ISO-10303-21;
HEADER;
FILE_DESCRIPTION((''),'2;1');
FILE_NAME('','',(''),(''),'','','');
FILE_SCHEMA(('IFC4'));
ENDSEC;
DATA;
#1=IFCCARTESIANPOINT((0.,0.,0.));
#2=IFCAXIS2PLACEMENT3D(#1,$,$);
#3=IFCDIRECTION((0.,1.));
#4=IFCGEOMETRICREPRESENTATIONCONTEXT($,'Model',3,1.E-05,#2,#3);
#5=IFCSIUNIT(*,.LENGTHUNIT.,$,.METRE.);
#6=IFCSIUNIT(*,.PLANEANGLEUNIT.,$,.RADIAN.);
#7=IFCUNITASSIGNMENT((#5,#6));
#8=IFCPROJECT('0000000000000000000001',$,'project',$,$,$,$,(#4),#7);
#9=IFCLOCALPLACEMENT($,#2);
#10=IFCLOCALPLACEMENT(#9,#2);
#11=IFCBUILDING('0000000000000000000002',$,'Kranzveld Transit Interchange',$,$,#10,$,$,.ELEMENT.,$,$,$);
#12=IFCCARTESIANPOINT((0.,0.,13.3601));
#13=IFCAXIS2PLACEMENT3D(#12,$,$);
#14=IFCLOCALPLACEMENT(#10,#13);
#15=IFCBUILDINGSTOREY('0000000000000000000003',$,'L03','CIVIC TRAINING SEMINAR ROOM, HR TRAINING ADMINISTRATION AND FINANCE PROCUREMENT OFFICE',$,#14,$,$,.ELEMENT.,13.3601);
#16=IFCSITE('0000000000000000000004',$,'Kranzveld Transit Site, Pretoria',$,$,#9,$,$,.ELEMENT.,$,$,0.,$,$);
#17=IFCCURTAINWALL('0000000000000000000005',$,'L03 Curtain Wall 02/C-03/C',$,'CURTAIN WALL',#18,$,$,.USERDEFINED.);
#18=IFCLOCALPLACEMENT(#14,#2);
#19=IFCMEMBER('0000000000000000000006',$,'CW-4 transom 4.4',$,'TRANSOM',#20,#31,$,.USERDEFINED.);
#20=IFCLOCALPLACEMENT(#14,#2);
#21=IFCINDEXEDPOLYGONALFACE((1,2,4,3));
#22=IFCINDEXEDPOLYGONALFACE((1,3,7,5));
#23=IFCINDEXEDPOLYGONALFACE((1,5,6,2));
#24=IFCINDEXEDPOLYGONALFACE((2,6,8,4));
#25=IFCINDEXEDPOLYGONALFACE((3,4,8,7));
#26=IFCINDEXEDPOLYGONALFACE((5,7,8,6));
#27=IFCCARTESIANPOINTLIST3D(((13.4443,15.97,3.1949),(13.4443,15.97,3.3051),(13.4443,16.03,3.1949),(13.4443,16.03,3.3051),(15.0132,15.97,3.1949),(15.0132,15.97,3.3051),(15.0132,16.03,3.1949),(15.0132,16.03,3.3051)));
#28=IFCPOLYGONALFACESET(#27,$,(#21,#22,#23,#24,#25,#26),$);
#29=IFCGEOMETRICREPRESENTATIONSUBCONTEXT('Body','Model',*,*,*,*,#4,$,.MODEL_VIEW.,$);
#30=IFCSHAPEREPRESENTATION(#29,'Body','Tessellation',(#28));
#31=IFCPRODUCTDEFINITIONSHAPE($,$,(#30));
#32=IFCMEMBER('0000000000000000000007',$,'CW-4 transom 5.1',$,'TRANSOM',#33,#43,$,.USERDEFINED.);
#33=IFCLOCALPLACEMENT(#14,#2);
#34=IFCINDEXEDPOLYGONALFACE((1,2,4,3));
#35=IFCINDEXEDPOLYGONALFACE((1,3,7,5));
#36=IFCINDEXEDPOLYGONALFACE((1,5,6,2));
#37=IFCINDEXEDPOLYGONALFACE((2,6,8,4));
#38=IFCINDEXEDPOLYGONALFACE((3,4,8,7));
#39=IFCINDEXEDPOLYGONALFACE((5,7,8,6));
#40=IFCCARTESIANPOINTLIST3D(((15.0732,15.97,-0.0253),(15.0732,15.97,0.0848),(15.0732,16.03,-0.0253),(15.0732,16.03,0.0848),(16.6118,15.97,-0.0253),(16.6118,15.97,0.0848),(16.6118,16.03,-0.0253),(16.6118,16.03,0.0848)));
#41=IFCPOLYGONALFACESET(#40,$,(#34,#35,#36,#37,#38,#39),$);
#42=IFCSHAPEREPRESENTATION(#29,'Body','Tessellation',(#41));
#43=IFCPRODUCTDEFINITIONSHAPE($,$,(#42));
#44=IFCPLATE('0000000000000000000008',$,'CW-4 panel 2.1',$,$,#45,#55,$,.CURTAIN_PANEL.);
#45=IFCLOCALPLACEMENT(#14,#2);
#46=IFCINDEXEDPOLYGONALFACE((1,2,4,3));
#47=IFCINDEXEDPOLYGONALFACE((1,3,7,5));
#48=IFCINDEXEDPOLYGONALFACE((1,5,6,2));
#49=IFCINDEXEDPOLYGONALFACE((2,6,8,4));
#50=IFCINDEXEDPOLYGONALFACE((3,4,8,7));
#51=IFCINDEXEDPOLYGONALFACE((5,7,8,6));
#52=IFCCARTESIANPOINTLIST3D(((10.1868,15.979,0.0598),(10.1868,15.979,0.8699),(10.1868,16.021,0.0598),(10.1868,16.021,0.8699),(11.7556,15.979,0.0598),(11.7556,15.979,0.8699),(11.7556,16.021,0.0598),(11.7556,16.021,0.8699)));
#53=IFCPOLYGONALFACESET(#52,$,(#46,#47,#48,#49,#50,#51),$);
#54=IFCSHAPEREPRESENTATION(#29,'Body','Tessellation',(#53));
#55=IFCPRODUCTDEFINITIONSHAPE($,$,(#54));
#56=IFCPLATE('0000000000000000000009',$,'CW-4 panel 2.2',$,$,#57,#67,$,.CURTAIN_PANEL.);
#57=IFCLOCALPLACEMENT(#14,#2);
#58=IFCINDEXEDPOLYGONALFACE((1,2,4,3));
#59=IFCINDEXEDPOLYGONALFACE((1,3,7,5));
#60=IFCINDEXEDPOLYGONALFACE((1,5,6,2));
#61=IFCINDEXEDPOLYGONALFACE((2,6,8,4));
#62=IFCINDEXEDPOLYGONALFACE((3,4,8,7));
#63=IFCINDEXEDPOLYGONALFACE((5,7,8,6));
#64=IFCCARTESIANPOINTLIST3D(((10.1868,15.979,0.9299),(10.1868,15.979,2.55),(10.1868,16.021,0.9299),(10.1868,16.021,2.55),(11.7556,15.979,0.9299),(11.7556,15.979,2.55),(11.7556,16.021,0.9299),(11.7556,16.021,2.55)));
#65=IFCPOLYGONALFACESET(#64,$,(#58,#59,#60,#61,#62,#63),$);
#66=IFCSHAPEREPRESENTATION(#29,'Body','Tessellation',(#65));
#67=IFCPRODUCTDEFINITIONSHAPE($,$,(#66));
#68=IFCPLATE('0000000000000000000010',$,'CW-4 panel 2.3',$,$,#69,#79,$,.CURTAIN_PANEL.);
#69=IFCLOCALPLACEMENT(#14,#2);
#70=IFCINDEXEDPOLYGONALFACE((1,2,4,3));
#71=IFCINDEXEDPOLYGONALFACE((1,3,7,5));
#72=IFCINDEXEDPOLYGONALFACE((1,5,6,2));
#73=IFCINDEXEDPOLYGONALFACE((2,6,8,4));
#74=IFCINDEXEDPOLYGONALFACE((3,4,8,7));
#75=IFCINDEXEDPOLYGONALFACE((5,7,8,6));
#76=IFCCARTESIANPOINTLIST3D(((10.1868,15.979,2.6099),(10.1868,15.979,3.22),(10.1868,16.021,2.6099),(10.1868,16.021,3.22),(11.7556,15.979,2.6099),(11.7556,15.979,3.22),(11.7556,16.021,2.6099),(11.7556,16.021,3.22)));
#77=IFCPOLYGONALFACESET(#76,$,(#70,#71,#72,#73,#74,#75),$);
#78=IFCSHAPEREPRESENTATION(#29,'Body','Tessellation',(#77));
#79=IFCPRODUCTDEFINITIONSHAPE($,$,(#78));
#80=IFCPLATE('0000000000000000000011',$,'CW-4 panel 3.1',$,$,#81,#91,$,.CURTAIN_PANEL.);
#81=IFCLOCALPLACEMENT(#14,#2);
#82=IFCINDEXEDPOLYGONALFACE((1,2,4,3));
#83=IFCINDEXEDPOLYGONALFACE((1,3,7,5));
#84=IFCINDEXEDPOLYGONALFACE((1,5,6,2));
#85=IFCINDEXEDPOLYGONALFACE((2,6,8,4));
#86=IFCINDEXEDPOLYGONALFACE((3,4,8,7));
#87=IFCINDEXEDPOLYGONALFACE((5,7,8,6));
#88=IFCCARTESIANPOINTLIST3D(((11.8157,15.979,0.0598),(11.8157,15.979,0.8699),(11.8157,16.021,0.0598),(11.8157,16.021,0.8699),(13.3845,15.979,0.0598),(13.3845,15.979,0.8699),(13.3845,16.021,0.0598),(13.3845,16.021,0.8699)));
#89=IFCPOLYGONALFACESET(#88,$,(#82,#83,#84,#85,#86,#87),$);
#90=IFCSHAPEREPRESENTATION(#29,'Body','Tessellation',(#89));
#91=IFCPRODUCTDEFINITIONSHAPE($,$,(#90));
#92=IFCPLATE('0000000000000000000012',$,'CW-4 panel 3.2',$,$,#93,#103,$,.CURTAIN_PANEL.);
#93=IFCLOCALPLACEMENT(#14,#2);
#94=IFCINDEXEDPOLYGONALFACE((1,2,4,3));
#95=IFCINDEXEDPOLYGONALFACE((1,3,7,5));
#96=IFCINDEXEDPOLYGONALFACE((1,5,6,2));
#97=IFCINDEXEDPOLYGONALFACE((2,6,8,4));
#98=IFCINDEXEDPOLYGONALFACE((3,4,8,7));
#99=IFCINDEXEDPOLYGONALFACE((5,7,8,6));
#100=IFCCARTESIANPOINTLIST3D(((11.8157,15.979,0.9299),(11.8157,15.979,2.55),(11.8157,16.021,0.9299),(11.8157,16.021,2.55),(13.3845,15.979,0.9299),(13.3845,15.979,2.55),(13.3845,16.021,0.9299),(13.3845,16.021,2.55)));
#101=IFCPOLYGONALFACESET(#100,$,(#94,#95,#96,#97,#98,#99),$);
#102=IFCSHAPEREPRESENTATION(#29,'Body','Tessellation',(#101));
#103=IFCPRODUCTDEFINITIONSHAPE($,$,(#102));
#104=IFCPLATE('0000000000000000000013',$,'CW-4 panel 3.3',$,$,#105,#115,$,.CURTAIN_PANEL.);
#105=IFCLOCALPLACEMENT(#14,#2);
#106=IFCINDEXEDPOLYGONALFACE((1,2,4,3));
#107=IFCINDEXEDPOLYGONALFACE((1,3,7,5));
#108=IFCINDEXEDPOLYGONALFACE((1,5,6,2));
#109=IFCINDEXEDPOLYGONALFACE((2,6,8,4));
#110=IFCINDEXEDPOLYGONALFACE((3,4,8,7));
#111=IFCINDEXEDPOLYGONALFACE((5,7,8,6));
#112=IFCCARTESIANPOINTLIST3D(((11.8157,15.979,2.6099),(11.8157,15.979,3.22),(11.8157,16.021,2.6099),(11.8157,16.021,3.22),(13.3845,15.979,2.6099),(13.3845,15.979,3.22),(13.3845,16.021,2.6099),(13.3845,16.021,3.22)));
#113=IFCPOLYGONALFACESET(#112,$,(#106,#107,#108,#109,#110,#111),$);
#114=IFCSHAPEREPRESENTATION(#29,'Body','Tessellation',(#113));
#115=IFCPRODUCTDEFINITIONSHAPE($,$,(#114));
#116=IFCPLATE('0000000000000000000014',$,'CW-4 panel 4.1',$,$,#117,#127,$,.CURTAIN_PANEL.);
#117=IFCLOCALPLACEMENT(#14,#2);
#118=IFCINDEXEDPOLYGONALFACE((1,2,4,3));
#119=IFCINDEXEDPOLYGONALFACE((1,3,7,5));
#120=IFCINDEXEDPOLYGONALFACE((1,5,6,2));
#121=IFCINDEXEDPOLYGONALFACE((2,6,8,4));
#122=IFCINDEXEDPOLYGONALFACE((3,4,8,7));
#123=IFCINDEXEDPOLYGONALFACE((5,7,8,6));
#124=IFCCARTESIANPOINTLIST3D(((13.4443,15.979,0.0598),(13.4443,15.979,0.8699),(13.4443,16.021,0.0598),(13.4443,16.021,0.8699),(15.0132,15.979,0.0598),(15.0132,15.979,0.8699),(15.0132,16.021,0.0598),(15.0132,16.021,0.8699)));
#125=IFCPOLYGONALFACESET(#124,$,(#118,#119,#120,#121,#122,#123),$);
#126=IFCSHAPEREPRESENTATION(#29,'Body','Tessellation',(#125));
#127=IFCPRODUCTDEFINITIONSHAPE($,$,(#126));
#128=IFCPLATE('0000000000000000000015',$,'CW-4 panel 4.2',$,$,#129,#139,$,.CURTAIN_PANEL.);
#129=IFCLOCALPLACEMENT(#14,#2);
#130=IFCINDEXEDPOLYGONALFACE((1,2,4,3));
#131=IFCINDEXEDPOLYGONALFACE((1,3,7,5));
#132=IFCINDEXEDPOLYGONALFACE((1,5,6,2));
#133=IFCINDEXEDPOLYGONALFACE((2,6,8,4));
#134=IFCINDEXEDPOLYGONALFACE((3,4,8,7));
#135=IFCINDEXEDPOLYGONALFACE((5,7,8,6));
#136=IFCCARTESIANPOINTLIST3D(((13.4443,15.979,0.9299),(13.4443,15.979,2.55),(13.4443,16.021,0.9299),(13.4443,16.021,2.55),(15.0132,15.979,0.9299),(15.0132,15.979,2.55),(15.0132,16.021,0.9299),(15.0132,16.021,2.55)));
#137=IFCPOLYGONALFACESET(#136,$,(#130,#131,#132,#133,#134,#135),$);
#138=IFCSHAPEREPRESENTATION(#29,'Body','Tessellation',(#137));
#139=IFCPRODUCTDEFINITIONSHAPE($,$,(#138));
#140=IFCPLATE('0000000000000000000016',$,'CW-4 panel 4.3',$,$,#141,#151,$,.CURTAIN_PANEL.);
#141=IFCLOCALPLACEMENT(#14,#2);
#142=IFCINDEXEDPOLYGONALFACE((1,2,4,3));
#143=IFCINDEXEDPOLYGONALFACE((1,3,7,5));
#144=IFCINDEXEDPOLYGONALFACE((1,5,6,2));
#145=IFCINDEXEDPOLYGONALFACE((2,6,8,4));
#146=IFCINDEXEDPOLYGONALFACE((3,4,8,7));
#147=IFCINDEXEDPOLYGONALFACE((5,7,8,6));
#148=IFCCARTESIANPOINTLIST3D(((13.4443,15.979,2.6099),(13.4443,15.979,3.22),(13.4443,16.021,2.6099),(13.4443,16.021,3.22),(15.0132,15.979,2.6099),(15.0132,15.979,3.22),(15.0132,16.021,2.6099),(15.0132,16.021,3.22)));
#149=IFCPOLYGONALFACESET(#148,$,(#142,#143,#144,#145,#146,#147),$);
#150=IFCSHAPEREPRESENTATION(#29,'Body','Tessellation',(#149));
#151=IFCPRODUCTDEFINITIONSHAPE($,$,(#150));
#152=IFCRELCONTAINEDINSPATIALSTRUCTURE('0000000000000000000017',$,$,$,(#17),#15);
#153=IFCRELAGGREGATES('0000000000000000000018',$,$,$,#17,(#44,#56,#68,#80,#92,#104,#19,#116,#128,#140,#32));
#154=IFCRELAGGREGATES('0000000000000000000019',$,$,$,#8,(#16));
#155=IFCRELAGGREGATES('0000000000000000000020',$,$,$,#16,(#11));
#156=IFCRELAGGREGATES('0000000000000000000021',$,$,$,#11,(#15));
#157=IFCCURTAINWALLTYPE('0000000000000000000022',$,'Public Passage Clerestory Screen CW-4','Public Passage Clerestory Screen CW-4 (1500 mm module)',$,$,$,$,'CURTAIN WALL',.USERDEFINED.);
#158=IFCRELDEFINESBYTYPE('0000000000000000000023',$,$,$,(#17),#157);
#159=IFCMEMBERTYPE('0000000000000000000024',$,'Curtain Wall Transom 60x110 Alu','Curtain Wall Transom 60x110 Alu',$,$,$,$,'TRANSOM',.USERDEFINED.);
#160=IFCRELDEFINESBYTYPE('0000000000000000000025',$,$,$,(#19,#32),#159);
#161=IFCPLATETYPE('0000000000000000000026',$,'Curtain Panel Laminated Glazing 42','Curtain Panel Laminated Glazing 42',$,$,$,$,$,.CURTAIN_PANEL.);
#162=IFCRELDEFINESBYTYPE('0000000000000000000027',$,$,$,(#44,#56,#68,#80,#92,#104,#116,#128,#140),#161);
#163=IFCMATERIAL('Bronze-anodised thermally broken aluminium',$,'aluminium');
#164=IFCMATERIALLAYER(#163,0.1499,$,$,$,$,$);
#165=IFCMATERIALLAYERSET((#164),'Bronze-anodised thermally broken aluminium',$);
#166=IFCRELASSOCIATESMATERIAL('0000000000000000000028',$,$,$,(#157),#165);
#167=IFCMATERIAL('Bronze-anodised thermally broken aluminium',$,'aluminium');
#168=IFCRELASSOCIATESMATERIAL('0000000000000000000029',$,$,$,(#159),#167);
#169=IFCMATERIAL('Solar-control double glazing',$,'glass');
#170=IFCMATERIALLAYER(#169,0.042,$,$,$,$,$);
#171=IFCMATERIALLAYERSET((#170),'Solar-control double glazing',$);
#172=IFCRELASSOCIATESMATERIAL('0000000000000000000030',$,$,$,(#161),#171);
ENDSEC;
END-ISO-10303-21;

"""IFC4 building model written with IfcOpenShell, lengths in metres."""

from ifc_helpers import new_model, si_unit, direction, frame, origin, origin_2d, place, context, subcontext, project, spatial, rectangle, extrude, material, layer, layer_set, material_profile, profile_set, type_object, element, aggregate, save


model = new_model("IFC4")

# Units and contexts
model_context = context("Model", 3, precision=1e-05, world=origin(), true_north=direction((0.0, 1.0)))
body_context = subcontext(model_context, "Body", "Model", "MODEL_VIEW")
ifc_project = project(units=[si_unit("LENGTHUNIT", "METRE"), si_unit("PLANEANGLEUNIT", "RADIAN")], contexts=[model_context])

# Site, building, storey
site_placement = place(None, origin())
site = spatial("IfcSite", under=ifc_project, at=site_placement, Name="Kranzveld Transit Site, Pretoria", CompositionType="ELEMENT", RefElevation=0.0)
building_placement = place(site_placement, origin())
building = spatial("IfcBuilding", under=site, at=building_placement, Name="Kranzveld Transit Interchange", CompositionType="ELEMENT")
storey_placement = place(building_placement, frame((0.0, 0.0, 13.3601)))
storey = spatial("IfcBuildingStorey", under=building, at=storey_placement, Name="L03", Description="CIVIC TRAINING SEMINAR ROOM, HR TRAINING ADMINISTRATION AND FINANCE PROCUREMENT OFFICE", CompositionType="ELEMENT", Elevation=13.3601)

# Curtain wall, members, plates
ifc_material_1 = material(Name="Bronze-anodised thermally broken aluminium", Category="aluminium")
ifc_layer_1 = layer(ifc_material_1, 0.1499)
ifc_layer_set_1 = layer_set([ifc_layer_1], Name="Bronze-anodised thermally broken aluminium")
curtain_wall_type = type_object("IfcCurtainWallType", Name="Public Passage Clerestory Screen CW-4", Description="Public Passage Clerestory Screen CW-4 (1500 mm module)", ElementType="CURTAIN WALL", PredefinedType="USERDEFINED", material=ifc_layer_set_1)
curtain_wall_placement = place(storey_placement, origin())
curtain_wall = element("IfcCurtainWall", 1, at=curtain_wall_placement, inside=storey, type_object=curtain_wall_type, Name="L03 Curtain Wall 02/C-03/C", ObjectType="CURTAIN WALL", PredefinedType="USERDEFINED")
ifc_material_2 = material(Name="Bronze-anodised thermally broken aluminium", Category="aluminium")
ifc_material_profile_1 = material_profile(ifc_material_2, rectangle(XDim=0.0601, YDim=0.1101, at=origin_2d()), Name="ALU TRANSOM 60x110")
ifc_profile_set_1 = profile_set([ifc_material_profile_1], Name="Bronze-anodised thermally broken aluminium")
member_type_1 = type_object("IfcMemberType", Name="Curtain Wall Transom 60x110 Alu", Description="Curtain Wall Transom 60x110 Alu", ElementType="TRANSOM", PredefinedType="USERDEFINED", material=ifc_profile_set_1)
member_1_placement = place(storey_placement, frame((13.4443, 16.0, 3.25), z_axis=(1.0, 0.0, 0.0), x_axis=(0.0, 1.0, 0.0)))
member_1 = element("IfcMember", 2, at=member_1_placement, type_object=member_type_1, Name="CW-4 transom 4.4", ObjectType="TRANSOM", PredefinedType="USERDEFINED", context=body_context, shape_type="SweptSolid", body=[
    extrude(rectangle(XDim=0.0601, YDim=0.1101, at=origin_2d()), origin(), (0.0, 0.0, 1.0), 1.5688),
])
member_2_placement = place(storey_placement, frame((15.0732, 16.0, 0.0298), z_axis=(1.0, 0.0, 0.0), x_axis=(0.0, 1.0, 0.0)))
member_2 = element("IfcMember", 3, at=member_2_placement, type_object=member_type_1, Name="CW-4 transom 5.1", ObjectType="TRANSOM", PredefinedType="USERDEFINED", context=body_context, shape_type="SweptSolid", body=[
    extrude(rectangle(XDim=0.0601, YDim=0.1101, at=origin_2d()), origin(), (0.0, 0.0, 1.0), 1.5386),
])
ifc_material_3 = material(Name="Solar-control double glazing", Category="glass")
ifc_layer_2 = layer(ifc_material_3, 0.042)
ifc_layer_set_2 = layer_set([ifc_layer_2], Name="Solar-control double glazing")
plate_type = type_object("IfcPlateType", Name="Curtain Panel Laminated Glazing 42", Description="Curtain Panel Laminated Glazing 42", PredefinedType="CURTAIN_PANEL", material=ifc_layer_set_2)
plate_1_placement = place(storey_placement, frame((10.9712, 16.0, 0.0598), z_axis=(0.0, 0.0, 1.0), x_axis=(1.0, 0.0, 0.0)))
plate_1 = element("IfcPlate", 4, at=plate_1_placement, type_object=plate_type, Name="CW-4 panel 2.1", PredefinedType="CURTAIN_PANEL", context=body_context, shape_type="SweptSolid", body=[
    extrude(rectangle(XDim=1.5688, YDim=0.042, at=origin_2d()), origin(), (0.0, 0.0, 1.0), 0.8101),
])
plate_2_placement = place(storey_placement, frame((10.9712, 16.0, 0.9299), z_axis=(0.0, 0.0, 1.0), x_axis=(1.0, 0.0, 0.0)))
plate_2 = element("IfcPlate", 5, at=plate_2_placement, type_object=plate_type, Name="CW-4 panel 2.2", PredefinedType="CURTAIN_PANEL", context=body_context, shape_type="SweptSolid", body=[
    extrude(rectangle(XDim=1.5688, YDim=0.042, at=origin_2d()), origin(), (0.0, 0.0, 1.0), 1.6201),
])
plate_3_placement = place(storey_placement, frame((10.9712, 16.0, 2.6099), z_axis=(0.0, 0.0, 1.0), x_axis=(1.0, 0.0, 0.0)))
plate_3 = element("IfcPlate", 6, at=plate_3_placement, type_object=plate_type, Name="CW-4 panel 2.3", PredefinedType="CURTAIN_PANEL", context=body_context, shape_type="SweptSolid", body=[
    extrude(rectangle(XDim=1.5688, YDim=0.042, at=origin_2d()), origin(), (0.0, 0.0, 1.0), 0.6101),
])
plate_4_placement = place(storey_placement, frame((12.6001, 16.0, 0.0598), z_axis=(0.0, 0.0, 1.0), x_axis=(1.0, 0.0, 0.0)))
plate_4 = element("IfcPlate", 7, at=plate_4_placement, type_object=plate_type, Name="CW-4 panel 3.1", PredefinedType="CURTAIN_PANEL", context=body_context, shape_type="SweptSolid", body=[
    extrude(rectangle(XDim=1.5688, YDim=0.042, at=origin_2d()), origin(), (0.0, 0.0, 1.0), 0.8101),
])
plate_5_placement = place(storey_placement, frame((12.6001, 16.0, 0.9299), z_axis=(0.0, 0.0, 1.0), x_axis=(1.0, 0.0, 0.0)))
plate_5 = element("IfcPlate", 8, at=plate_5_placement, type_object=plate_type, Name="CW-4 panel 3.2", PredefinedType="CURTAIN_PANEL", context=body_context, shape_type="SweptSolid", body=[
    extrude(rectangle(XDim=1.5688, YDim=0.042, at=origin_2d()), origin(), (0.0, 0.0, 1.0), 1.6201),
])
plate_6_placement = place(storey_placement, frame((12.6001, 16.0, 2.6099), z_axis=(0.0, 0.0, 1.0), x_axis=(1.0, 0.0, 0.0)))
plate_6 = element("IfcPlate", 9, at=plate_6_placement, type_object=plate_type, Name="CW-4 panel 3.3", PredefinedType="CURTAIN_PANEL", context=body_context, shape_type="SweptSolid", body=[
    extrude(rectangle(XDim=1.5688, YDim=0.042, at=origin_2d()), origin(), (0.0, 0.0, 1.0), 0.6101),
])
plate_7_placement = place(storey_placement, frame((14.2288, 16.0, 0.0598), z_axis=(0.0, 0.0, 1.0), x_axis=(1.0, 0.0, 0.0)))
plate_7 = element("IfcPlate", 10, at=plate_7_placement, type_object=plate_type, Name="CW-4 panel 4.1", PredefinedType="CURTAIN_PANEL", context=body_context, shape_type="SweptSolid", body=[
    extrude(rectangle(XDim=1.5688, YDim=0.042, at=origin_2d()), origin(), (0.0, 0.0, 1.0), 0.8101),
])
plate_8_placement = place(storey_placement, frame((14.2288, 16.0, 0.9299), z_axis=(0.0, 0.0, 1.0), x_axis=(1.0, 0.0, 0.0)))
plate_8 = element("IfcPlate", 11, at=plate_8_placement, type_object=plate_type, Name="CW-4 panel 4.2", PredefinedType="CURTAIN_PANEL", context=body_context, shape_type="SweptSolid", body=[
    extrude(rectangle(XDim=1.5688, YDim=0.042, at=origin_2d()), origin(), (0.0, 0.0, 1.0), 1.6201),
])
plate_9_placement = place(storey_placement, frame((14.2288, 16.0, 2.6099), z_axis=(0.0, 0.0, 1.0), x_axis=(1.0, 0.0, 0.0)))
plate_9 = element("IfcPlate", 12, at=plate_9_placement, type_object=plate_type, Name="CW-4 panel 4.3", PredefinedType="CURTAIN_PANEL", context=body_context, shape_type="SweptSolid", body=[
    extrude(rectangle(XDim=1.5688, YDim=0.042, at=origin_2d()), origin(), (0.0, 0.0, 1.0), 0.6101),
])
aggregate(curtain_wall, [plate_1, plate_2, plate_3, plate_4, plate_5, plate_6, member_1, plate_7, plate_8, plate_9, member_2])

save(model, "model.ifc")
